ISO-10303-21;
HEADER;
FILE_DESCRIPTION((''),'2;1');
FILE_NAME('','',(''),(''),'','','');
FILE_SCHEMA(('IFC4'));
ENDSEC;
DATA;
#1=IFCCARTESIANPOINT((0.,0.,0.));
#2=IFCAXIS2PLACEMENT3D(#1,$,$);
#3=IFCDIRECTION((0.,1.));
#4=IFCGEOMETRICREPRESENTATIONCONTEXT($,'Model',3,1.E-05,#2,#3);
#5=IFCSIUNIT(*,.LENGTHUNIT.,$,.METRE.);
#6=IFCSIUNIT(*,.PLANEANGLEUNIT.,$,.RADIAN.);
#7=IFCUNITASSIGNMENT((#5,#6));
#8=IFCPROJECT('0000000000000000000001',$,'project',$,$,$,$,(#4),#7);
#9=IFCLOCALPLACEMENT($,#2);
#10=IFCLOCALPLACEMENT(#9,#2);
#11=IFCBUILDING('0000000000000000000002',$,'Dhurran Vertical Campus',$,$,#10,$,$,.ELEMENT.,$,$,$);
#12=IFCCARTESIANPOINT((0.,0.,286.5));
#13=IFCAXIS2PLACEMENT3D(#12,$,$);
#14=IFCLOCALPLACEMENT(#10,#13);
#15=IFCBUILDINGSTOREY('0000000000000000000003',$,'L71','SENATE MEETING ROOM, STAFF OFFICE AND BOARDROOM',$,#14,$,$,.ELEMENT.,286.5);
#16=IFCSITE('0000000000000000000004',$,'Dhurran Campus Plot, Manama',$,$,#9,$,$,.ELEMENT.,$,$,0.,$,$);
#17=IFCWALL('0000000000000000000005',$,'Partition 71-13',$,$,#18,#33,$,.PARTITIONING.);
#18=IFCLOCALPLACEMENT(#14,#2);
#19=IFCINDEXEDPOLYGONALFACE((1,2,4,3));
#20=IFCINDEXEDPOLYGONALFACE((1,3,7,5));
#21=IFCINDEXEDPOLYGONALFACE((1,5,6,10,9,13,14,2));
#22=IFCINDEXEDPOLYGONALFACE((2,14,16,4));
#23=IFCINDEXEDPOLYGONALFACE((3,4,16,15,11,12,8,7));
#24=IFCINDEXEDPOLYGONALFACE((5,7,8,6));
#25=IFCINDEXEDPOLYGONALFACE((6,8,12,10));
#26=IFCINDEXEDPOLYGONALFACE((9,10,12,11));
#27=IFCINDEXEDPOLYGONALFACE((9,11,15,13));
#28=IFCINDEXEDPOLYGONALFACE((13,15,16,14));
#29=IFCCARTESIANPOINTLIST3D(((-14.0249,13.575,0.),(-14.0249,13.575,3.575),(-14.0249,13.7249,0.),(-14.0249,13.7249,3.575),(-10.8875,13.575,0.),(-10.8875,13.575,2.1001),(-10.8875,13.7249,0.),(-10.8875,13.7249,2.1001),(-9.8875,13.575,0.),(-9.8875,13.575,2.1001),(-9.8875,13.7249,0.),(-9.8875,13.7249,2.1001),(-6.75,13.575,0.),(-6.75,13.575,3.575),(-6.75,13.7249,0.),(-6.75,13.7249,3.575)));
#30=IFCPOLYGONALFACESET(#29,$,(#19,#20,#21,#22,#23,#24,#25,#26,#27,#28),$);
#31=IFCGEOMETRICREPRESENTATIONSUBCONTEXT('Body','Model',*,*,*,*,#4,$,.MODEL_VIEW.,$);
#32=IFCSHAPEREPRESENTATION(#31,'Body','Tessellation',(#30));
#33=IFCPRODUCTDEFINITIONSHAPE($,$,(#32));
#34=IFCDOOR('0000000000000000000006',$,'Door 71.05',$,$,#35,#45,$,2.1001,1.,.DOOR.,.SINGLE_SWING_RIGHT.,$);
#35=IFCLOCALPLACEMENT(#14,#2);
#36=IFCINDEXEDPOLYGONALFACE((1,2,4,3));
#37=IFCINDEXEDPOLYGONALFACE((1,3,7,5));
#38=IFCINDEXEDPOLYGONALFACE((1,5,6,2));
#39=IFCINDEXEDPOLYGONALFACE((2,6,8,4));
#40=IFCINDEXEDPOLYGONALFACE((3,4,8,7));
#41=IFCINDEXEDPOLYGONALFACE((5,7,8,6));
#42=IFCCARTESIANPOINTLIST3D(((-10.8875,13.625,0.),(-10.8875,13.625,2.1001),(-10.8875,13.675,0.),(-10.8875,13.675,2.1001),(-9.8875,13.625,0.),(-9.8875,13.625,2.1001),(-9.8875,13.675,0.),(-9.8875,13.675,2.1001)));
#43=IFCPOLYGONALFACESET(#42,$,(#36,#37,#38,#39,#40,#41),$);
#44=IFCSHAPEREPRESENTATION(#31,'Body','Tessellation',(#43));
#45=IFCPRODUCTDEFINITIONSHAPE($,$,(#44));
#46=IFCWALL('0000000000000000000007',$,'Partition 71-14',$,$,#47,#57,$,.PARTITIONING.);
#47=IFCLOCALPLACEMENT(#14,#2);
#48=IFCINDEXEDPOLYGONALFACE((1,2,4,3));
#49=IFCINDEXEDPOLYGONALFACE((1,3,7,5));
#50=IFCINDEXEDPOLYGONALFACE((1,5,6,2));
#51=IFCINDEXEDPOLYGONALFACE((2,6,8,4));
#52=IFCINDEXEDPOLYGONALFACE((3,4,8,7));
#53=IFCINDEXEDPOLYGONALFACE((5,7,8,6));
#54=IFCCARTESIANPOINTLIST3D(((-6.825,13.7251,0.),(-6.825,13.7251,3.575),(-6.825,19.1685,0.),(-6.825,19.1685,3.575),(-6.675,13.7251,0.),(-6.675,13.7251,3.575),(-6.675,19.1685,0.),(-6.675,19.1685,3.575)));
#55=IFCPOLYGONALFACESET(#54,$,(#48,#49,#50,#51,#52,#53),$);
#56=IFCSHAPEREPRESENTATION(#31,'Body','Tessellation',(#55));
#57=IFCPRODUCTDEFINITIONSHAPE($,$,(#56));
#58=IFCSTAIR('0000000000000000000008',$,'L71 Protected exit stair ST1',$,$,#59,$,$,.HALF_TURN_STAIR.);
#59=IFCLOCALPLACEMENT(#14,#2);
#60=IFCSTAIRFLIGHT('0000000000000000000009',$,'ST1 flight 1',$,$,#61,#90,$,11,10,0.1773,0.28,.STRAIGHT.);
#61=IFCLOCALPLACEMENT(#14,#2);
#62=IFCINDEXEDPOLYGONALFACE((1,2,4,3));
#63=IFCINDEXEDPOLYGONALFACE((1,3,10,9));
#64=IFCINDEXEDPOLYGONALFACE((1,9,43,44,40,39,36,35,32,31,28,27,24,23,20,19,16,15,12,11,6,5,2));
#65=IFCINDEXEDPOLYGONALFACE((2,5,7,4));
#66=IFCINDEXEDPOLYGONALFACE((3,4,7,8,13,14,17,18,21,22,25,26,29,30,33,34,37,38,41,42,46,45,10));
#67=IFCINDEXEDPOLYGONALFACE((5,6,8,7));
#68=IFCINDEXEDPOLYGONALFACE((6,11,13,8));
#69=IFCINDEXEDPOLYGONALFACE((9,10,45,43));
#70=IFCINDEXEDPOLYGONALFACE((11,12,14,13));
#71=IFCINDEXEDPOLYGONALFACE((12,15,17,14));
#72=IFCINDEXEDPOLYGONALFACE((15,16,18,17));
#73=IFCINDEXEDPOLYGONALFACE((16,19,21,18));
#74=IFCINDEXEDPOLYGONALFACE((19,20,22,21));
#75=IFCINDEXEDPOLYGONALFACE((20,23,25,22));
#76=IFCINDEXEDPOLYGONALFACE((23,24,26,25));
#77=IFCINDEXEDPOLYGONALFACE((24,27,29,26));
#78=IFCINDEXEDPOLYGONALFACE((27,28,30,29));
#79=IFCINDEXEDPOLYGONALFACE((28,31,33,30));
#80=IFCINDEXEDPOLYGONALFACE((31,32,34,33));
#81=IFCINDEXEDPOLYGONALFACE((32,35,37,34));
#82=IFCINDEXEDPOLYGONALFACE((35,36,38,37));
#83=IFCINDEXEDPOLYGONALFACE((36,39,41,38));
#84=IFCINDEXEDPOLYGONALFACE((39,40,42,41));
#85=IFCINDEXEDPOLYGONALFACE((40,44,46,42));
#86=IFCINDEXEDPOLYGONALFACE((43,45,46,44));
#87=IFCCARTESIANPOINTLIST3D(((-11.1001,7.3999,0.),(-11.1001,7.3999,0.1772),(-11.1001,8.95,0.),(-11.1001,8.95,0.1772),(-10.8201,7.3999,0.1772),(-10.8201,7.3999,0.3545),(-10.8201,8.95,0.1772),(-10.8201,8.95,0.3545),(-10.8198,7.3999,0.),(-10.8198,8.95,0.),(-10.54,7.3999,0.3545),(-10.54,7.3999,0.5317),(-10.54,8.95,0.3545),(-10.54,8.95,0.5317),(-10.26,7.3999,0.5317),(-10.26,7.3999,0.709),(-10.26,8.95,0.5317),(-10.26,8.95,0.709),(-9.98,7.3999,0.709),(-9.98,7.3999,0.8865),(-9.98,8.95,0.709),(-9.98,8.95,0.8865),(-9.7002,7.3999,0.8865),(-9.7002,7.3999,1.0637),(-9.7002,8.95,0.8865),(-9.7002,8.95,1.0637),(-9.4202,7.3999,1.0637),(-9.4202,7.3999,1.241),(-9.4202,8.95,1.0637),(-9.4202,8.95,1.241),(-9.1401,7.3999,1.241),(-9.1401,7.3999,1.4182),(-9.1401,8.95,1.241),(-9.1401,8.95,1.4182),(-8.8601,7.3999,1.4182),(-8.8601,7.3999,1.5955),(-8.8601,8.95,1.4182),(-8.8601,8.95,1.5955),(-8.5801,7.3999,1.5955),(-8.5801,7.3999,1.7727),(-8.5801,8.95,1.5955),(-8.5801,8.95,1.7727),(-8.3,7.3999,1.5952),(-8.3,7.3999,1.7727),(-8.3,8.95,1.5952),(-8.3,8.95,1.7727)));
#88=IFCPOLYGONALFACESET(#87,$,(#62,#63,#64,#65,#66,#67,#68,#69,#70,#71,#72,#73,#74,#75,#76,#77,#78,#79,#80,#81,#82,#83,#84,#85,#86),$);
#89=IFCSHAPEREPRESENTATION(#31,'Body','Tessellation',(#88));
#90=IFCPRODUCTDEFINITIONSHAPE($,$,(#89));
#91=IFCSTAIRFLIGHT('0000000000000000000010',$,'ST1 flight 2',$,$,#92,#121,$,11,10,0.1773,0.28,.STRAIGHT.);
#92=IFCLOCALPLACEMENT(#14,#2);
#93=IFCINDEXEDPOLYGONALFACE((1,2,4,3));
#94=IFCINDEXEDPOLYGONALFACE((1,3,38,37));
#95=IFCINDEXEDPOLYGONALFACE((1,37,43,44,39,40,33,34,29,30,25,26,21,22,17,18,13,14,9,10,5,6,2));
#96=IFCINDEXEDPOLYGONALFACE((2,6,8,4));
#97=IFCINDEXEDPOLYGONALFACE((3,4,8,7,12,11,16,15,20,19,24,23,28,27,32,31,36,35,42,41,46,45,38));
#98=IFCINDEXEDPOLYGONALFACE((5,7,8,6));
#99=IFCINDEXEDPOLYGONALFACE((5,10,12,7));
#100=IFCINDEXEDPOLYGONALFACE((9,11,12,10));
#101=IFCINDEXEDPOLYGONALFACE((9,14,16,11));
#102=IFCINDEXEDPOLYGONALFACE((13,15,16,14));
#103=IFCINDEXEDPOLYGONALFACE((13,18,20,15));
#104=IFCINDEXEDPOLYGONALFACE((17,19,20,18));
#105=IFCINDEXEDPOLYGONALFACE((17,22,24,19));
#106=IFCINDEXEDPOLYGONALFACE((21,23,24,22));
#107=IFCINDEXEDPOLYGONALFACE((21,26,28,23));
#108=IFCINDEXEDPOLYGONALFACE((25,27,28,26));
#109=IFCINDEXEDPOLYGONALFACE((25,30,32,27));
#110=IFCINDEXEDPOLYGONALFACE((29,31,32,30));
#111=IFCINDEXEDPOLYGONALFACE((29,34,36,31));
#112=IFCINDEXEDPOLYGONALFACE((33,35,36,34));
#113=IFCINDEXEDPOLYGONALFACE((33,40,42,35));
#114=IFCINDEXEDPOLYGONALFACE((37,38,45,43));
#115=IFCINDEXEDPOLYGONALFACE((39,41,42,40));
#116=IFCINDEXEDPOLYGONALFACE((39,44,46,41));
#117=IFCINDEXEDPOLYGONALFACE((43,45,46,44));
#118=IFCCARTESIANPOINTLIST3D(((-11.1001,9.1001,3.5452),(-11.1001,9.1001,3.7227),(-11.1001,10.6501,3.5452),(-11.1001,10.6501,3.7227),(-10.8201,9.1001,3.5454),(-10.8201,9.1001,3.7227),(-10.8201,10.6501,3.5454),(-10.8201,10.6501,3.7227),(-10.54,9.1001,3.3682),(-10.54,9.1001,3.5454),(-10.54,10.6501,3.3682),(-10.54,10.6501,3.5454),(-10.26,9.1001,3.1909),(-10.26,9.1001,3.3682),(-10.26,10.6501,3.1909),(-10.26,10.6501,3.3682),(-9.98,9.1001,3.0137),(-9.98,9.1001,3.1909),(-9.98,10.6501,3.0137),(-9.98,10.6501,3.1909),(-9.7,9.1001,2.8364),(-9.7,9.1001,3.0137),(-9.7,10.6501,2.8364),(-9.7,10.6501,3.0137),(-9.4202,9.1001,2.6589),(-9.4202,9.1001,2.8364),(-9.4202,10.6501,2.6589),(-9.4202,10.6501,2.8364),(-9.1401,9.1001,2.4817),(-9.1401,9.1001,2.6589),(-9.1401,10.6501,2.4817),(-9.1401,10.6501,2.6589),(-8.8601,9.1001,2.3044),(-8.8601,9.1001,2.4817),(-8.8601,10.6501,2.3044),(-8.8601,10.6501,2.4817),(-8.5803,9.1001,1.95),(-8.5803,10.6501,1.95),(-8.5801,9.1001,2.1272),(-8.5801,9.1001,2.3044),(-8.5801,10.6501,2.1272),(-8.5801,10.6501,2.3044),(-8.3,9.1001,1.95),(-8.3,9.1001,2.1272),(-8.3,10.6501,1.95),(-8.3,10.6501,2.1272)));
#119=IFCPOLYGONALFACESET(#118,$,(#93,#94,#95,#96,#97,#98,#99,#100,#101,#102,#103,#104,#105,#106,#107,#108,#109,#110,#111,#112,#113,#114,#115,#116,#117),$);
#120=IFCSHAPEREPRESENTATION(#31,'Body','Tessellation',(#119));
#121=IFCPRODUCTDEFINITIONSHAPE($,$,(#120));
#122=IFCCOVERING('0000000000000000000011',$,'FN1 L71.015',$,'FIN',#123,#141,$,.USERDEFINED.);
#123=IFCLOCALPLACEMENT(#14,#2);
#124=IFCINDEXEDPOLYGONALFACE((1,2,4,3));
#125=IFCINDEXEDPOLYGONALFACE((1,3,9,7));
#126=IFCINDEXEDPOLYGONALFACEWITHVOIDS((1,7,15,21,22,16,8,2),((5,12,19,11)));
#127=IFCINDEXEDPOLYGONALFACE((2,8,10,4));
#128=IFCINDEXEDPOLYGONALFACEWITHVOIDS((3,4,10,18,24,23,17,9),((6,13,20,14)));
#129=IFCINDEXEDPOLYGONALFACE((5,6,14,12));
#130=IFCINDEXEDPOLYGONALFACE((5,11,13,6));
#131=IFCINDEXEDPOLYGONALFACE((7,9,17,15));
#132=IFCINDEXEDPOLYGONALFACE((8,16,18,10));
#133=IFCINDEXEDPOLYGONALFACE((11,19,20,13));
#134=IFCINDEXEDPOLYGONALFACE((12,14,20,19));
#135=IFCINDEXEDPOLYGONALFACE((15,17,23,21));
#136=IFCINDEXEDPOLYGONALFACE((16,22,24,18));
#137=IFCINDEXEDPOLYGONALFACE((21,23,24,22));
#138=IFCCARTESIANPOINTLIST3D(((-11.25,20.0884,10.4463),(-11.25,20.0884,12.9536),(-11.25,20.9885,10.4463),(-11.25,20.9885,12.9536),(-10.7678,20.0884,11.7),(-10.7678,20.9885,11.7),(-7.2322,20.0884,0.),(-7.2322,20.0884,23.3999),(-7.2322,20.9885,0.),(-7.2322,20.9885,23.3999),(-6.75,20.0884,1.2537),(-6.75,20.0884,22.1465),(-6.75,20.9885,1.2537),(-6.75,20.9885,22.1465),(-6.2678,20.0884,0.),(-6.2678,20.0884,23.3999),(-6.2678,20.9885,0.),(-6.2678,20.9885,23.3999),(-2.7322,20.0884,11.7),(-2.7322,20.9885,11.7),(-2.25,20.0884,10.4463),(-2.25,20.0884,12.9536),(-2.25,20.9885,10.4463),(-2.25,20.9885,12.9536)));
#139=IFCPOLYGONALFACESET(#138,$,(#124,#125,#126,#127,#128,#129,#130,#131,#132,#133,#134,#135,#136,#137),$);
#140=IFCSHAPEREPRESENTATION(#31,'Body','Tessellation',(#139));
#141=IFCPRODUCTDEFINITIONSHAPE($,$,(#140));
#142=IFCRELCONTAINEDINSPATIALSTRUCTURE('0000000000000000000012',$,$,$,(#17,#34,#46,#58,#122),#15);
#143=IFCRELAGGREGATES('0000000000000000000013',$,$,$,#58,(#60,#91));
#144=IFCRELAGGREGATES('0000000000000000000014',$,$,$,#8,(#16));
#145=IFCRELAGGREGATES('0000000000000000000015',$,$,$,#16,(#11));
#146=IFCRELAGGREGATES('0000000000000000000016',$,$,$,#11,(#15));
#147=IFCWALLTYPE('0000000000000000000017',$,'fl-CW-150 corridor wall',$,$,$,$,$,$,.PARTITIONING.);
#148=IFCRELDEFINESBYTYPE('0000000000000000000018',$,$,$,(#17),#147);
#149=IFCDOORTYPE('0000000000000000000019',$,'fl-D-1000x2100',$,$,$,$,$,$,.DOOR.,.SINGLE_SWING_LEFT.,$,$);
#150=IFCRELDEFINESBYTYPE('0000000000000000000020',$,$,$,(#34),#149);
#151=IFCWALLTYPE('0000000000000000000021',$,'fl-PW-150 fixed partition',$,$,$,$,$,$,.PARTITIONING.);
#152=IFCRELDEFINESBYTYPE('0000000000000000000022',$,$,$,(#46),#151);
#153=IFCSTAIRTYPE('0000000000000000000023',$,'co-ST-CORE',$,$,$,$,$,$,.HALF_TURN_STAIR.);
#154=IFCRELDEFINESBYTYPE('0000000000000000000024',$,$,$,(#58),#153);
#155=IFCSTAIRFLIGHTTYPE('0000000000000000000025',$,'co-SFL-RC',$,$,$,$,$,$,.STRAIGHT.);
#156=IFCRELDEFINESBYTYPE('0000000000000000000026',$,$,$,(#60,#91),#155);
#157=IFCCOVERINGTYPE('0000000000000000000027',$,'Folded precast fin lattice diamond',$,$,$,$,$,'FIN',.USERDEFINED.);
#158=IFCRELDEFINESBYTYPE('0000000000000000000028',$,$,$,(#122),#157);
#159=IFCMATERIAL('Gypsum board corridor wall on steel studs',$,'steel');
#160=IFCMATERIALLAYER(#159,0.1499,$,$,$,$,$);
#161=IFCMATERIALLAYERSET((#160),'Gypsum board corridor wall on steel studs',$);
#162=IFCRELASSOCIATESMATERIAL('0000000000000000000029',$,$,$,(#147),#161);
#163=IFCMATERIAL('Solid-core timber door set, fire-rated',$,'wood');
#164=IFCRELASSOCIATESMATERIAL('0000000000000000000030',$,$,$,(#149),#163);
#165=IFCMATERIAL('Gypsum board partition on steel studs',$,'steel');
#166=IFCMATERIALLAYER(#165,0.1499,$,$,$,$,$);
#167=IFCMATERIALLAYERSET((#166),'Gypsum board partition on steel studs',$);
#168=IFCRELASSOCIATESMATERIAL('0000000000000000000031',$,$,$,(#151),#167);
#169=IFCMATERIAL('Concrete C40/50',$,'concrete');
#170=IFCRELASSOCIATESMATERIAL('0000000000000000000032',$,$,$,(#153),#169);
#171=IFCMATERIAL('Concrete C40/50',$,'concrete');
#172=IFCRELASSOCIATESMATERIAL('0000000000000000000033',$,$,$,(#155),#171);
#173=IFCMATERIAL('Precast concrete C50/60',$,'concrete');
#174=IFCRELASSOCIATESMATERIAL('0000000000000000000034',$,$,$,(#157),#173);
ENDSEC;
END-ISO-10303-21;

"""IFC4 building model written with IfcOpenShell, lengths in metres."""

from ifc_helpers import new_model, si_unit, direction, frame, frame_2d, origin, place, context, subcontext, project, spatial, polyline, rectangle, outline, extrude, material, layer, layer_set, type_object, element, fill, aggregate, save


model = new_model("IFC4")

# Units and contexts
model_context = context("Model", 3, precision=1e-05, world=origin(), true_north=direction((0.0, 1.0)))
body_context = subcontext(model_context, "Body", "Model", "MODEL_VIEW")
ifc_project = project(units=[si_unit("LENGTHUNIT", "METRE"), si_unit("PLANEANGLEUNIT", "RADIAN")], contexts=[model_context])

# Site, building, storey
site_placement = place(None, origin())
site = spatial("IfcSite", under=ifc_project, at=site_placement, Name="Dhurran Campus Plot, Manama", CompositionType="ELEMENT", RefElevation=0.0)
building_placement = place(site_placement, origin())
building = spatial("IfcBuilding", under=site, at=building_placement, Name="Dhurran Vertical Campus", CompositionType="ELEMENT")
storey_placement = place(building_placement, frame((0.0, 0.0, 286.5)))
storey = spatial("IfcBuildingStorey", under=building, at=storey_placement, Name="L71", Description="SENATE MEETING ROOM, STAFF OFFICE AND BOARDROOM", CompositionType="ELEMENT", Elevation=286.5)

# Wall, opening, door
ifc_material_1 = material(Name="Gypsum board corridor wall on steel studs", Category="steel")
ifc_layer_1 = layer(ifc_material_1, 0.1499)
ifc_layer_set_1 = layer_set([ifc_layer_1], Name="Gypsum board corridor wall on steel studs")
wall_type_1 = type_object("IfcWallType", Name="fl-CW-150 corridor wall", PredefinedType="PARTITIONING", material=ifc_layer_set_1)
wall_1_placement = place(storey_placement, frame((-6.75, 13.6499, 0.0), z_axis=(0.0, 0.0, 1.0), x_axis=(-1.0, 0.0, 0.0)))
wall_1 = element("IfcWall", 1, at=wall_1_placement, inside=storey, type_object=wall_type_1, Name="Partition 71-13", PredefinedType="PARTITIONING", context=body_context, shape_type="SweptSolid", body=[
    extrude(rectangle(XDim=7.2749, YDim=0.1499, at=frame_2d((3.6375, 0.0))), origin(), (0.0, 0.0, 1.0), 3.575),
])
opening_1_placement = place(wall_1_placement, frame((3.1375, 0.0, 0.0)))
opening_1 = element("IfcOpeningElement", 2, at=opening_1_placement, cuts=wall_1, PredefinedType="OPENING", context=body_context, shape_type="SweptSolid", body=[
    extrude(rectangle(XDim=1.0, YDim=2.1001, at=frame_2d((0.5, 1.05))), frame((0.0, 0.085, 0.0), z_axis=(0.0, -1.0, 0.0), x_axis=(1.0, 0.0, 0.0)), (0.0, 0.0, 1.0), 0.1699),
])
ifc_material_2 = material(Name="Solid-core timber door set, fire-rated", Category="wood")
door_type_1 = type_object("IfcDoorType", Name="fl-D-1000x2100", OperationType="SINGLE_SWING_LEFT", PredefinedType="DOOR", material=ifc_material_2)
door_1_placement = place(opening_1_placement, origin())
door_1 = element("IfcDoor", 3, at=door_1_placement, inside=storey, type_object=door_type_1, Name="Door 71.05", OperationType="SINGLE_SWING_RIGHT", OverallHeight=2.1001, OverallWidth=1.0, PredefinedType="DOOR", context=body_context, shape_type="SweptSolid", body=[
    extrude(rectangle(XDim=1.0, YDim=2.1001, at=frame_2d((0.5, 1.05))), frame((0.0, 0.0249, 0.0), z_axis=(0.0, -1.0, 0.0), x_axis=(1.0, 0.0, 0.0)), (0.0, 0.0, 1.0), 0.05),
])
fill(opening_1, door_1)

# Wall
ifc_material_3 = material(Name="Gypsum board partition on steel studs", Category="steel")
ifc_layer_2 = layer(ifc_material_3, 0.1499)
ifc_layer_set_2 = layer_set([ifc_layer_2], Name="Gypsum board partition on steel studs")
wall_type_2 = type_object("IfcWallType", Name="fl-PW-150 fixed partition", PredefinedType="PARTITIONING", material=ifc_layer_set_2)
wall_2_placement = place(storey_placement, frame((-6.75, 19.1685, 0.0), z_axis=(0.0, 0.0, 1.0), x_axis=(0.0, -1.0, 0.0)))
element("IfcWall", 4, at=wall_2_placement, inside=storey, type_object=wall_type_2, Name="Partition 71-14", PredefinedType="PARTITIONING", context=body_context, shape_type="SweptSolid", body=[
    extrude(rectangle(XDim=5.4434, YDim=0.1499, at=frame_2d((2.7217, 0.0))), origin(), (0.0, 0.0, 1.0), 3.575),
])

# Stair, stair flights
ifc_material_4 = material(Name="Concrete C40/50", Category="concrete")
stair_type = type_object("IfcStairType", Name="co-ST-CORE", PredefinedType="HALF_TURN_STAIR", material=ifc_material_4)
stair_placement = place(storey_placement, origin())
stair = element("IfcStair", 5, at=stair_placement, inside=storey, type_object=stair_type, Name="L71 Protected exit stair ST1", PredefinedType="HALF_TURN_STAIR")
ifc_material_5 = material(Name="Concrete C40/50", Category="concrete")
stair_flight_type = type_object("IfcStairFlightType", Name="co-SFL-RC", PredefinedType="STRAIGHT", material=ifc_material_5)
stair_flight_1_placement = place(storey_placement, frame((-11.1001, 8.175, 0.0), z_axis=(0.0, 0.0, 1.0), x_axis=(1.0, 0.0, 0.0)))
stair_flight_1 = element("IfcStairFlight", 6, at=stair_flight_1_placement, type_object=stair_flight_type, Name="ST1 flight 1", NumberOfRisers=11, NumberOfTreads=10, PredefinedType="STRAIGHT", RiserHeight=0.1773, TreadLength=0.28, context=body_context, shape_type="SweptSolid", body=[
    extrude(outline(polyline([(0.0, 0.0), (0.0, 0.1772), (0.28, 0.1772), (0.28, 0.3545), (0.5601, 0.3545), (0.5601, 0.5317), (0.8401, 0.5317), (0.8401, 0.709), (1.1201, 0.709), (1.1201, 0.8865), (1.3999, 0.8865), (1.3999, 1.0637), (1.6799, 1.0637), (1.6799, 1.241), (1.96, 1.241), (1.96, 1.4182), (2.24, 1.4182), (2.24, 1.5955), (2.52, 1.5955), (2.52, 1.7727), (2.8, 1.7727), (2.8, 1.95), (2.8, 1.5952), (0.2803, 0.0), (0.0, 0.0)])), frame((0.0, 0.7749, 0.0), z_axis=(0.0, -1.0, 0.0), x_axis=(1.0, 0.0, 0.0)), (0.0, 0.0, 1.0), 1.55),
])
stair_flight_2_placement = place(storey_placement, frame((-8.3, 9.875, 1.95), z_axis=(0.0, 0.0, 1.0), x_axis=(-1.0, 0.0, 0.0)))
stair_flight_2 = element("IfcStairFlight", 7, at=stair_flight_2_placement, type_object=stair_flight_type, Name="ST1 flight 2", NumberOfRisers=11, NumberOfTreads=10, PredefinedType="STRAIGHT", RiserHeight=0.1773, TreadLength=0.28, context=body_context, shape_type="SweptSolid", body=[
    extrude(outline(polyline([(0.0, 0.0), (0.0, 0.1772), (0.28, 0.1772), (0.28, 0.3545), (0.5601, 0.3545), (0.5601, 0.5317), (0.8401, 0.5317), (0.8401, 0.709), (1.1201, 0.709), (1.1201, 0.8865), (1.3999, 0.8865), (1.3999, 1.0637), (1.6799, 1.0637), (1.6799, 1.241), (1.96, 1.241), (1.96, 1.4182), (2.24, 1.4182), (2.24, 1.5955), (2.52, 1.5955), (2.52, 1.7727), (2.8, 1.7727), (2.8, 1.95), (2.8, 1.5952), (0.2803, 0.0), (0.0, 0.0)])), frame((0.0, 0.7749, 0.0), z_axis=(0.0, -1.0, 0.0), x_axis=(1.0, 0.0, 0.0)), (0.0, 0.0, 1.0), 1.55),
])
aggregate(stair, [stair_flight_1, stair_flight_2])

# Covering
ifc_material_6 = material(Name="Precast concrete C50/60", Category="concrete")
covering_type = type_object("IfcCoveringType", Name="Folded precast fin lattice diamond", ElementType="FIN", PredefinedType="USERDEFINED", material=ifc_material_6)
covering_placement = place(storey_placement, frame((-2.25, 20.0884, 0.0), z_axis=(0.0, 1.0, 0.0), x_axis=(-1.0, 0.0, 0.0)))
element("IfcCovering", 8, at=covering_placement, inside=storey, type_object=covering_type, Name="FN1 L71.015", ObjectType="FIN", PredefinedType="USERDEFINED", context=body_context, shape_type="SweptSolid", body=[
    extrude(outline(polyline([(9.0, 12.9536), (9.0, 10.4463), (4.9822, 0.0), (4.0178, 0.0), (0.0, 10.4463), (0.0, 12.9536), (4.0178, 23.3999), (4.9822, 23.3999), (9.0, 12.9536)]), holes=[polyline([(8.5178, 11.7), (4.5, 22.1465), (0.4822, 11.7), (4.5, 1.2537), (8.5178, 11.7)])]), origin(), (0.0, 0.0, 1.0), 0.9001),
])

save(model, "model.ifc")
